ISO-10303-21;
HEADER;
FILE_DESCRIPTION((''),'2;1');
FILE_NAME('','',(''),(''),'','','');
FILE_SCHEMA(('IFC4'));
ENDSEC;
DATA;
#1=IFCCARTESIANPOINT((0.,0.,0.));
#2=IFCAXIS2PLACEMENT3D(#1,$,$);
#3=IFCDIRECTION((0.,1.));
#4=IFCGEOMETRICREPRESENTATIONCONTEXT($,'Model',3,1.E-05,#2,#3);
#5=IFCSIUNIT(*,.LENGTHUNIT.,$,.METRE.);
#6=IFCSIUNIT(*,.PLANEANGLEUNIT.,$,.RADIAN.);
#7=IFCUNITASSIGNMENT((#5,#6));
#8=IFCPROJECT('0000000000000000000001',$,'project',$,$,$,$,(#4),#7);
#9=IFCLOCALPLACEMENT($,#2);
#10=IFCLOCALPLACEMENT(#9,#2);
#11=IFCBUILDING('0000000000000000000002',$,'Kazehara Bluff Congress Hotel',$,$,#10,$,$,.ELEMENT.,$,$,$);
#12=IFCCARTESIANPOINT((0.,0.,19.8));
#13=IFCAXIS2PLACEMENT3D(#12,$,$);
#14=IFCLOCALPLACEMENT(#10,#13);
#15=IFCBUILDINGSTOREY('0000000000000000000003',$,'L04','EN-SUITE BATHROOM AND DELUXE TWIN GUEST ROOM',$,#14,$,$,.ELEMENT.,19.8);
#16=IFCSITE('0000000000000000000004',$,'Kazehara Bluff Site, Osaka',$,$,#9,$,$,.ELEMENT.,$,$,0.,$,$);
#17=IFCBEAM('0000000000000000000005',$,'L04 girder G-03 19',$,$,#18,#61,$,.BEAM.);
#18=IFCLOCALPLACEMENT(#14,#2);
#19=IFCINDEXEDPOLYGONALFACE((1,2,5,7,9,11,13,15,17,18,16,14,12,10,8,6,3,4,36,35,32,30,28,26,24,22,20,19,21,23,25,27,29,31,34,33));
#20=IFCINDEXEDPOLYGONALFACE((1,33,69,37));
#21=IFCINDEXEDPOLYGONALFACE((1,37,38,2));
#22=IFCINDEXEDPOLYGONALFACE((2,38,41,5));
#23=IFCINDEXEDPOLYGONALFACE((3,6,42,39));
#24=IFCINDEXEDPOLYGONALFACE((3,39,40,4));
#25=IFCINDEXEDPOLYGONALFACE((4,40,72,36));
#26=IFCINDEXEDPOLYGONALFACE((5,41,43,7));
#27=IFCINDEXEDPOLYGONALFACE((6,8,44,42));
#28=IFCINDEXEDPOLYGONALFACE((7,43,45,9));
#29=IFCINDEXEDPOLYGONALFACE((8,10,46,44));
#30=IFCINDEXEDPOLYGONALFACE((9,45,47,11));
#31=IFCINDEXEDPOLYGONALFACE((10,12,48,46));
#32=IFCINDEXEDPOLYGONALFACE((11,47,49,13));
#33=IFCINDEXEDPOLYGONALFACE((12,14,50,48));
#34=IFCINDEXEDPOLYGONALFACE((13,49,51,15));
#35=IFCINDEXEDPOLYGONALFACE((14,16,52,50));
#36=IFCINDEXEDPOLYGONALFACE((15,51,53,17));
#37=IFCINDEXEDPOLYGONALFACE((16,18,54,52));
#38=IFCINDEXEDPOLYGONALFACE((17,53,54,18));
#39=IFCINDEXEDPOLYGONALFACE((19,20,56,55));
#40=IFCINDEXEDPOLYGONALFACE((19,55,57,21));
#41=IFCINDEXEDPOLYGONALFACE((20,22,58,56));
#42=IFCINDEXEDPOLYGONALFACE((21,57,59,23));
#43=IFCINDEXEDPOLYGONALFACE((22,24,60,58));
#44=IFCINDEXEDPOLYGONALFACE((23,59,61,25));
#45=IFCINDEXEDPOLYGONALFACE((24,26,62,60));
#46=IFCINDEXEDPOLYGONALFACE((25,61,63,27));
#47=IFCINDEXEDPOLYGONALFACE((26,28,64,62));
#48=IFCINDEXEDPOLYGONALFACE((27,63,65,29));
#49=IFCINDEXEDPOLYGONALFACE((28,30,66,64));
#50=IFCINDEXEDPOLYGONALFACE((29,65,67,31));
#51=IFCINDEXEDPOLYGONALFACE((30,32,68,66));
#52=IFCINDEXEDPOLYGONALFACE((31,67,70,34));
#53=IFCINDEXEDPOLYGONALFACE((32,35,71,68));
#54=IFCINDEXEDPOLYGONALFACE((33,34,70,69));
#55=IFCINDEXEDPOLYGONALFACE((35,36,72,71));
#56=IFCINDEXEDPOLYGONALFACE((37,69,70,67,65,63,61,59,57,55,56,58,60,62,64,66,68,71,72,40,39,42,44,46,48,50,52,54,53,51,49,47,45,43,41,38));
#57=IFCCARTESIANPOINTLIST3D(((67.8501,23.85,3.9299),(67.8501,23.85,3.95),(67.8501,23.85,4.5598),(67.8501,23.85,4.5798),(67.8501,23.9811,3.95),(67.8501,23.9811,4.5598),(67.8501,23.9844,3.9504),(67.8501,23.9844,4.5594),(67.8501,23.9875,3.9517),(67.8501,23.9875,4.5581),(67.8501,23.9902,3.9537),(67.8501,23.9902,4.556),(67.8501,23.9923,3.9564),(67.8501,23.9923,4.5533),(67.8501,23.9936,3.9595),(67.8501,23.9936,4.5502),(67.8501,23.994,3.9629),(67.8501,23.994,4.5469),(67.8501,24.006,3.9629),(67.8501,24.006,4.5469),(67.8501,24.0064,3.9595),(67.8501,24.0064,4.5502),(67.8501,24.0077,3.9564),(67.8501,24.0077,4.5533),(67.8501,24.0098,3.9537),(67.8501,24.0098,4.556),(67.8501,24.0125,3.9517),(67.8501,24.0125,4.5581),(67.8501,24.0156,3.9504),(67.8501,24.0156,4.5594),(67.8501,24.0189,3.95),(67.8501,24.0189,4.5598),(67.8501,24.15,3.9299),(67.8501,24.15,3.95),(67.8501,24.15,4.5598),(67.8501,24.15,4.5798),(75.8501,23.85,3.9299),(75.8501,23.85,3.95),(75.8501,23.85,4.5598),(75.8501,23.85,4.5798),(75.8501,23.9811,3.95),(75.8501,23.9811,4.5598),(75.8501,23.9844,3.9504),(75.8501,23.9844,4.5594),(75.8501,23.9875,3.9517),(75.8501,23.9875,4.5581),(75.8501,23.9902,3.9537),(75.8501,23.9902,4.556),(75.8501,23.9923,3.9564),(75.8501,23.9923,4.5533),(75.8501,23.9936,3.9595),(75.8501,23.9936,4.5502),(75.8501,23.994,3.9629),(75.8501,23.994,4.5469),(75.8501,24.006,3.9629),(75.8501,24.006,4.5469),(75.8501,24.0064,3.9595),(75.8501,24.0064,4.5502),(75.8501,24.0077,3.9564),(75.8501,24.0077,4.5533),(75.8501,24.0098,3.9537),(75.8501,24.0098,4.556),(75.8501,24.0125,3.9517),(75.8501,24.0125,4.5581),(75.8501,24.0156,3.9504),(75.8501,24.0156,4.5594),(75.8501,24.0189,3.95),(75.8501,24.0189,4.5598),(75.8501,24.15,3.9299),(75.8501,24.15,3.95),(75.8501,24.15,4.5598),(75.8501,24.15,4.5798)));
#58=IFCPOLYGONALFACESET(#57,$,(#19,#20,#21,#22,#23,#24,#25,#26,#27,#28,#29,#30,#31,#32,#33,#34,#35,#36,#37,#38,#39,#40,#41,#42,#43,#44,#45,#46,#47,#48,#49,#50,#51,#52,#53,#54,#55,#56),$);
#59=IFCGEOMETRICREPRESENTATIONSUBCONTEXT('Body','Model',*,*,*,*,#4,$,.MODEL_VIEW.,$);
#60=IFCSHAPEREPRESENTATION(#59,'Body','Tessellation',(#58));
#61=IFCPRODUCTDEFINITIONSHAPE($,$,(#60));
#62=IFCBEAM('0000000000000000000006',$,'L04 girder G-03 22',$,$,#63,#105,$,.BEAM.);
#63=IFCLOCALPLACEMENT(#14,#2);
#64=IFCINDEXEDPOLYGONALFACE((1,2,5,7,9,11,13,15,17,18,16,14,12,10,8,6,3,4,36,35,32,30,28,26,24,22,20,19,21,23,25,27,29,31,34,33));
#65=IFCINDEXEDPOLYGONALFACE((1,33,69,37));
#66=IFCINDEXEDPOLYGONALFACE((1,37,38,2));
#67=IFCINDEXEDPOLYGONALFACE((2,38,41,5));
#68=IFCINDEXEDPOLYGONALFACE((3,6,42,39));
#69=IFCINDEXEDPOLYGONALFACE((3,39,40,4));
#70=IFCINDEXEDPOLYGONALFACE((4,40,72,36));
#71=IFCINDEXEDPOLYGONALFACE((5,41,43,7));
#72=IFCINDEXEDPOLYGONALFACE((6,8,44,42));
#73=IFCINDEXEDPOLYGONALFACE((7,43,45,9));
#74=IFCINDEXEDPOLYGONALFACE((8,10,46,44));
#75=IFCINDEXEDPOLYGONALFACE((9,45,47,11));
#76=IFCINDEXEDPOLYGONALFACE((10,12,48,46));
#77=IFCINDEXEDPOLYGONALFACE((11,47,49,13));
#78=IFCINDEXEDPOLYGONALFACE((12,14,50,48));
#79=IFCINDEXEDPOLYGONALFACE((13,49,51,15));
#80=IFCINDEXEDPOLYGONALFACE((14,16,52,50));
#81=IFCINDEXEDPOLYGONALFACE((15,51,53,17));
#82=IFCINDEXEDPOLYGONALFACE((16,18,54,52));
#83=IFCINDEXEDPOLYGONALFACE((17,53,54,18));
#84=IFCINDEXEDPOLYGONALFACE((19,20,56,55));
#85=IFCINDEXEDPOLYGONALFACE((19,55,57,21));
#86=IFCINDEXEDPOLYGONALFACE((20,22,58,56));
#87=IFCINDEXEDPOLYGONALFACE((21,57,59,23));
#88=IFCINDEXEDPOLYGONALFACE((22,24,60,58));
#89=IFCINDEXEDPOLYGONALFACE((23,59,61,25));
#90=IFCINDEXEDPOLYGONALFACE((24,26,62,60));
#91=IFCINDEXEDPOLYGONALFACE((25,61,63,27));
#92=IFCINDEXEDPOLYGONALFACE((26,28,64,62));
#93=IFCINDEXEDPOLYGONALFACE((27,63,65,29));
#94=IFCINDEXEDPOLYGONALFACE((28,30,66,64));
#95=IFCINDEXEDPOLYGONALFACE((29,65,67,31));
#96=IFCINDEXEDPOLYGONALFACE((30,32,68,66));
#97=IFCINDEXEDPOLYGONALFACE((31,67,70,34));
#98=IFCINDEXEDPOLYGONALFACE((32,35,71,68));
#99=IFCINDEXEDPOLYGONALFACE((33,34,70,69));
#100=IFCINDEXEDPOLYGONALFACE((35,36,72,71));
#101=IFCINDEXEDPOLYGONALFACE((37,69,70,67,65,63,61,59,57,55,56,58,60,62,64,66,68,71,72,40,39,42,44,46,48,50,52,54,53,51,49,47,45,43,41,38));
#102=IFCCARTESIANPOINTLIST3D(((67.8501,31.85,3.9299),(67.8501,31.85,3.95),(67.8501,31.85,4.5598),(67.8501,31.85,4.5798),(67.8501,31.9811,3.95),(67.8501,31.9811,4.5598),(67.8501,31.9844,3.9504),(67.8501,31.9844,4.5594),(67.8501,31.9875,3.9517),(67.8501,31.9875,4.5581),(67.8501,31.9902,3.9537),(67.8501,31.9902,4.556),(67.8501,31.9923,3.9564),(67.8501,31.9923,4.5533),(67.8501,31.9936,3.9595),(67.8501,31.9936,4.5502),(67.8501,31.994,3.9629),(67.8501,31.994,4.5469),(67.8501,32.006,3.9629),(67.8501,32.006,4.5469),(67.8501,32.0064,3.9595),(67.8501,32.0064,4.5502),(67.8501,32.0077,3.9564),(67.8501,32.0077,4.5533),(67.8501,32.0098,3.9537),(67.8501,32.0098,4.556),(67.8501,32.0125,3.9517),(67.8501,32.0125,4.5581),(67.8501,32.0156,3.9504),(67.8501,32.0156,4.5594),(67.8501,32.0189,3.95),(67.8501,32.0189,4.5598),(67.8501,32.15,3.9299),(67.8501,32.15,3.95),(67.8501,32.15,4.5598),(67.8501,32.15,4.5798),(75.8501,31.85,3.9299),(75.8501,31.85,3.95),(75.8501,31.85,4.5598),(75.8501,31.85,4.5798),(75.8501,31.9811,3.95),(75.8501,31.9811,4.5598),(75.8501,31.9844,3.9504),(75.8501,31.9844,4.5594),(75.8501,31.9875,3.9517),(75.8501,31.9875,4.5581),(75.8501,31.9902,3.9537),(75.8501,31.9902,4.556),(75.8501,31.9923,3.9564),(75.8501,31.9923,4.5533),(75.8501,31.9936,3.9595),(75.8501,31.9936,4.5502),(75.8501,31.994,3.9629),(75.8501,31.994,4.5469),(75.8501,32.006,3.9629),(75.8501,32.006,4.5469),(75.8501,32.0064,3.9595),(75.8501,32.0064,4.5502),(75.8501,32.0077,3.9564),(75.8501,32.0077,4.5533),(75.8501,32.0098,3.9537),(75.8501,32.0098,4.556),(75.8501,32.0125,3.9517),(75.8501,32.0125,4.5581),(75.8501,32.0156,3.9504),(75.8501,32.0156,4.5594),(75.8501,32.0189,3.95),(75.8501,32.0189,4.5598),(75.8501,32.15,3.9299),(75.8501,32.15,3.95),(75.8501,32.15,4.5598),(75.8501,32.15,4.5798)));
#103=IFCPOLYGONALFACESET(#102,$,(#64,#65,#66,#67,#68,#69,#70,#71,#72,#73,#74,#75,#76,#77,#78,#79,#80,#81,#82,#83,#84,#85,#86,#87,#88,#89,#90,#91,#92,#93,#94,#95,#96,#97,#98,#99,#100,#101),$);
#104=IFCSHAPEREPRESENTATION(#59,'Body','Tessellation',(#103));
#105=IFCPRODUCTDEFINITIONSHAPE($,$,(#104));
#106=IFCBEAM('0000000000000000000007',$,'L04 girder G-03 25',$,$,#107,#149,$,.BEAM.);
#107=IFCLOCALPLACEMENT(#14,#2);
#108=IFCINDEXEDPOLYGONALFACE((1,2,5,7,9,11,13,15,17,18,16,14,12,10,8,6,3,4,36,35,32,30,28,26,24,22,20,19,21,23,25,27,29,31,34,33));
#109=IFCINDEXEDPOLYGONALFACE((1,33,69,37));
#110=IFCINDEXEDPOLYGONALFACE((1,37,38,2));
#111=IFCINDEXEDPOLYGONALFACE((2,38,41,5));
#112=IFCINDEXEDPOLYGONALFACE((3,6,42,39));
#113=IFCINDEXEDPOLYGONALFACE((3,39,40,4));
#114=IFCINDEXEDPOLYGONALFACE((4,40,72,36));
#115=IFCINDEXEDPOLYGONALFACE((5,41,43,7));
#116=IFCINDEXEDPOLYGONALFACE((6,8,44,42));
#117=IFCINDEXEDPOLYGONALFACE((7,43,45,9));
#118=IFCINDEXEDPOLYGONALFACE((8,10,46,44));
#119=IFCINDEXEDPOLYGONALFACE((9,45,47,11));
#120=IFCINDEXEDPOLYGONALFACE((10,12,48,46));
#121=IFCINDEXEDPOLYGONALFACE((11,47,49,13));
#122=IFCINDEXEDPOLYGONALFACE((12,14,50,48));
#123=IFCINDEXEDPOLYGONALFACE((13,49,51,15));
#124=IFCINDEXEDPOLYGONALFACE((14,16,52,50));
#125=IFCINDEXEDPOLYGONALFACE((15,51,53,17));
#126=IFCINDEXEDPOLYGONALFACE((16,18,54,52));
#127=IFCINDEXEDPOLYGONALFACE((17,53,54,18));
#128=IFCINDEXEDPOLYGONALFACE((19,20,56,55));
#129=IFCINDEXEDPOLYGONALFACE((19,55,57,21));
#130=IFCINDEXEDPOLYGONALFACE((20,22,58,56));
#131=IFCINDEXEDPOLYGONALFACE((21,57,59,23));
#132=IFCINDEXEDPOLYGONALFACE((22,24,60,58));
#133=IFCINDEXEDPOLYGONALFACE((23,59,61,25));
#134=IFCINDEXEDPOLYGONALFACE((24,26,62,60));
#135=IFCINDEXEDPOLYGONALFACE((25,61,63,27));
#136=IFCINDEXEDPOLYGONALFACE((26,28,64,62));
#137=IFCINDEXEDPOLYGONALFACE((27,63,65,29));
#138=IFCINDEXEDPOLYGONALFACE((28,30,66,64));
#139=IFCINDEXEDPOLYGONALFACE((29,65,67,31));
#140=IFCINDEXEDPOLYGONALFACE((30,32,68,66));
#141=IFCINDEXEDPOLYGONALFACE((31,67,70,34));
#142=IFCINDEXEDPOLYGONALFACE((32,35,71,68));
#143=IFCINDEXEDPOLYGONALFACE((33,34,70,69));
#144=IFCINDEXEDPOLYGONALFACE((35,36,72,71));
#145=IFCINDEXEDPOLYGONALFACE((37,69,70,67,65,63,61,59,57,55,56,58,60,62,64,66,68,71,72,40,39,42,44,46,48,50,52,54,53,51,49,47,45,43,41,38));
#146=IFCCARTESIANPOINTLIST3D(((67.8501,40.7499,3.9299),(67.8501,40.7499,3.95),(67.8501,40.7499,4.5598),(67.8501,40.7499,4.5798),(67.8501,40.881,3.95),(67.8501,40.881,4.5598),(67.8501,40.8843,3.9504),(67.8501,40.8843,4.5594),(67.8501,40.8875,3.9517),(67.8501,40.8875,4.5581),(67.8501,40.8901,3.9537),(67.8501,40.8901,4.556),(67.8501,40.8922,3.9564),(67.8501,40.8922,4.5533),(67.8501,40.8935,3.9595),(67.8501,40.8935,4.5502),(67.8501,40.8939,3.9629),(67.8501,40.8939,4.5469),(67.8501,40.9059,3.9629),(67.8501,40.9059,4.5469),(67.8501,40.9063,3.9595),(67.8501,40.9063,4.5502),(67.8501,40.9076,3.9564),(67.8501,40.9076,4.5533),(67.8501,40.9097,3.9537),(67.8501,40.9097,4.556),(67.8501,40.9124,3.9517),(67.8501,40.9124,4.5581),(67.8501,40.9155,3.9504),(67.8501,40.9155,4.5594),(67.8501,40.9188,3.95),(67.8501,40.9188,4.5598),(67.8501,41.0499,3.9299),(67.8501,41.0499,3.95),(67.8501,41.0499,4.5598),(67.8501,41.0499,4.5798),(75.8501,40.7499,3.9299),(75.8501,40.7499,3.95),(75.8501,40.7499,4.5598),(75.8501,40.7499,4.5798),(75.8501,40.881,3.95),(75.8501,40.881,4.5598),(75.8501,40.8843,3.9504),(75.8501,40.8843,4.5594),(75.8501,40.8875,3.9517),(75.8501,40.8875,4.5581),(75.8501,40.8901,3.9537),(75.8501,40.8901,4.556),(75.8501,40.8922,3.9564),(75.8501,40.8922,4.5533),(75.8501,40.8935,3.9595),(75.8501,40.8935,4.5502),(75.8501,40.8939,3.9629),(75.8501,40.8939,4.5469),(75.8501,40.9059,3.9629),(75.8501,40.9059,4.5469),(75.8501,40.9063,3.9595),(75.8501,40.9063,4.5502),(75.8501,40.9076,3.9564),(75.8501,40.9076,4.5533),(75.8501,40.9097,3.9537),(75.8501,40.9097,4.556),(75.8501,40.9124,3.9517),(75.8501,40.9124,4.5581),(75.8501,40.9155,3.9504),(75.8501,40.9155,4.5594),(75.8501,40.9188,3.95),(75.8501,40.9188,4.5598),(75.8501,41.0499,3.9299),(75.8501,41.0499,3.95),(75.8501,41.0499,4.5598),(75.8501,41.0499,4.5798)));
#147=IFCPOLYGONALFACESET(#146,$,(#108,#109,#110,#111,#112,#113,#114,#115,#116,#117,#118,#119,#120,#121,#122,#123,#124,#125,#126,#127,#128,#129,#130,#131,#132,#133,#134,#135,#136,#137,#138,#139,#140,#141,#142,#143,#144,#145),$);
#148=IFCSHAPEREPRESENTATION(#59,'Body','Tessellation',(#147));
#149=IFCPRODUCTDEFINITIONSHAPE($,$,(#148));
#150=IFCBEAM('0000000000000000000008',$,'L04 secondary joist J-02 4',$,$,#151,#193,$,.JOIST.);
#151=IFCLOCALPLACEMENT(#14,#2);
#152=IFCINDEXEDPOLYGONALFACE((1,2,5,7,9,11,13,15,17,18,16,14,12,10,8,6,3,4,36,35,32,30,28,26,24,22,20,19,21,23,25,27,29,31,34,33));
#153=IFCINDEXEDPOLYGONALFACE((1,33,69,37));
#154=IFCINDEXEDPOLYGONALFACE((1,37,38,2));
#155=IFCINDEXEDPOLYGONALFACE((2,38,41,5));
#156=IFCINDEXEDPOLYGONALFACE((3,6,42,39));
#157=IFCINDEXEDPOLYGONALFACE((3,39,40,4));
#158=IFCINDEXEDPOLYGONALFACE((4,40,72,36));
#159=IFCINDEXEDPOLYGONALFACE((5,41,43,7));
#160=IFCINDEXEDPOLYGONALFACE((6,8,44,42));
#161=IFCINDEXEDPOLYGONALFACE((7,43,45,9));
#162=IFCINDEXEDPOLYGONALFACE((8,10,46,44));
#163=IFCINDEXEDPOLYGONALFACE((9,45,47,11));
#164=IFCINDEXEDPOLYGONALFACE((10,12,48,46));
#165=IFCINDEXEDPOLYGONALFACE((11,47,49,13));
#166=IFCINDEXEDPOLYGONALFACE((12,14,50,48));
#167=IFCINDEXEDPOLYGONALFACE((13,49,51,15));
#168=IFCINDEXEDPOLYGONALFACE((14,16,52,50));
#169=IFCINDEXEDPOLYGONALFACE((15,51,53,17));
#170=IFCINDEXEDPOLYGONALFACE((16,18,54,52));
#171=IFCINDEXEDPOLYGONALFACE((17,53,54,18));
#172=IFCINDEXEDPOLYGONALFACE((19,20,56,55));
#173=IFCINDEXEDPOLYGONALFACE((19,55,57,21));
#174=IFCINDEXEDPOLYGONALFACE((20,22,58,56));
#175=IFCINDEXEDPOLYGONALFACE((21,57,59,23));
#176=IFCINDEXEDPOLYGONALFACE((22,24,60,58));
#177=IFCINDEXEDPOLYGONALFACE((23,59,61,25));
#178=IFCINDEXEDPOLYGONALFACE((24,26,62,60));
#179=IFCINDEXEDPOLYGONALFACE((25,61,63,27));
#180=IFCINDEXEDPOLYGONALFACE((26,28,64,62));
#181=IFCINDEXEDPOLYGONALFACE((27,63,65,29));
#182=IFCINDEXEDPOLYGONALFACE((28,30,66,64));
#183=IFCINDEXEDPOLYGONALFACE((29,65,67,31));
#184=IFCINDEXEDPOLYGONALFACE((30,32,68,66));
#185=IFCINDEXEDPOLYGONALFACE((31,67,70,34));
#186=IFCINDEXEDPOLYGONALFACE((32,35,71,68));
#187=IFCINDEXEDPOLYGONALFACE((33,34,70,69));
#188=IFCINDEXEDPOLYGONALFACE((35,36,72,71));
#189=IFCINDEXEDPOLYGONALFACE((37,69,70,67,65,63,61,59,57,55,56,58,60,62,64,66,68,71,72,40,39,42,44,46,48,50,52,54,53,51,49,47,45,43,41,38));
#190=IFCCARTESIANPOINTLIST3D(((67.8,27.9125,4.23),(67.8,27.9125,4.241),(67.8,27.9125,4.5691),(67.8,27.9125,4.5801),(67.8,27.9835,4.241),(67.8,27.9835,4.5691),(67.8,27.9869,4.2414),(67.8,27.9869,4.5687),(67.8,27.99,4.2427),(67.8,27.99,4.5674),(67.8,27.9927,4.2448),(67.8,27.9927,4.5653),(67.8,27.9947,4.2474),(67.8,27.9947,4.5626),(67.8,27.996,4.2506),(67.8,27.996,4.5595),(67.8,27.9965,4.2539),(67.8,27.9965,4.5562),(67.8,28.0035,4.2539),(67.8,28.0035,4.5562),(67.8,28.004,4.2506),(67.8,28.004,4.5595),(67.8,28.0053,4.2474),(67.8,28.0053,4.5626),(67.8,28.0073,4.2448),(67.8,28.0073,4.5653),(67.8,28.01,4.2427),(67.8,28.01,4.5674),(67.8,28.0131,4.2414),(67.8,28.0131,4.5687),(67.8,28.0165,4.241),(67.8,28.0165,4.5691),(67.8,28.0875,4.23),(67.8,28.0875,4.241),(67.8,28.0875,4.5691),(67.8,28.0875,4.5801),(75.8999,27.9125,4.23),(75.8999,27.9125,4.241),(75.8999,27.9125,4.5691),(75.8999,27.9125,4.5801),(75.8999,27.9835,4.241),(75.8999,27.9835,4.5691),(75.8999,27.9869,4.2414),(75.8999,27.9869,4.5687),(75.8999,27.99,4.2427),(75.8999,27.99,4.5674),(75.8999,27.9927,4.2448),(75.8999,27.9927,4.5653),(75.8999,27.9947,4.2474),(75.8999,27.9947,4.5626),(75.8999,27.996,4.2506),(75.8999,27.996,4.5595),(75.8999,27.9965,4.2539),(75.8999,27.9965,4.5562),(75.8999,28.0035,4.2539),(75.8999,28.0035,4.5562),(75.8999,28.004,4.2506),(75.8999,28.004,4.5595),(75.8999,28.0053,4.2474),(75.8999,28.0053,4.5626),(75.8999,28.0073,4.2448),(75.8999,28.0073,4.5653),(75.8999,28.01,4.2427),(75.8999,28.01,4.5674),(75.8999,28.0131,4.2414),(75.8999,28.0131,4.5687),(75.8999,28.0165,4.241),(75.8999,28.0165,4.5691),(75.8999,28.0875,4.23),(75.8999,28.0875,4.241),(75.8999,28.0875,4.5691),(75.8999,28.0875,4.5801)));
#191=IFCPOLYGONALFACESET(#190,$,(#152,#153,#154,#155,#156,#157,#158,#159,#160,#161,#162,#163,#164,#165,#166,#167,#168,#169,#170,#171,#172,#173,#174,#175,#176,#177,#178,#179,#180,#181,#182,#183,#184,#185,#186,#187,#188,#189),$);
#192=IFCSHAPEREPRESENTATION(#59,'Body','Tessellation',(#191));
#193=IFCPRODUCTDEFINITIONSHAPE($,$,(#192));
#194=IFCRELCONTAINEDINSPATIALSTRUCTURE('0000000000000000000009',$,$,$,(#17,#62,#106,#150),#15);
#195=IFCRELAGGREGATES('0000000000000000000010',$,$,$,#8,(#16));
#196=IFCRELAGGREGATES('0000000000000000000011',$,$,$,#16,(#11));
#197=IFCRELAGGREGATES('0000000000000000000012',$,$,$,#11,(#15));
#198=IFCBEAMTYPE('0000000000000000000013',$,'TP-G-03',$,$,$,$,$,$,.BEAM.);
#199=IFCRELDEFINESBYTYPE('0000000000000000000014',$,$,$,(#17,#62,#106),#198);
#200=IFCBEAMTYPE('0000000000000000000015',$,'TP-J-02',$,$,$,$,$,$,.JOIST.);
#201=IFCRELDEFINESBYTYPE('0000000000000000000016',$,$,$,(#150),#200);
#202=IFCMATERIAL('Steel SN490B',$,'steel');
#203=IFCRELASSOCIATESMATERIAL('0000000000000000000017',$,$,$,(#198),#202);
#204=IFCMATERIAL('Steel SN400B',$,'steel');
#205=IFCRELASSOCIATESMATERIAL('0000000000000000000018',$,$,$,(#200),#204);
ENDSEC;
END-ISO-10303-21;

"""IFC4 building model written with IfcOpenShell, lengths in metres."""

from ifc_helpers import new_model, si_unit, direction, frame, origin, origin_2d, place, context, subcontext, project, spatial, i_section, extrude, material, material_profile, profile_set, type_object, element, save


model = new_model("IFC4")

# Units and contexts
model_context = context("Model", 3, precision=1e-05, world=origin(), true_north=direction((0.0, 1.0)))
body_context = subcontext(model_context, "Body", "Model", "MODEL_VIEW")
ifc_project = project(units=[si_unit("LENGTHUNIT", "METRE"), si_unit("PLANEANGLEUNIT", "RADIAN")], contexts=[model_context])

# Site, building, storey
site_placement = place(None, origin())
site = spatial("IfcSite", under=ifc_project, at=site_placement, Name="Kazehara Bluff Site, Osaka", CompositionType="ELEMENT", RefElevation=0.0)
building_placement = place(site_placement, origin())
building = spatial("IfcBuilding", under=site, at=building_placement, Name="Kazehara Bluff Congress Hotel", CompositionType="ELEMENT")
storey_placement = place(building_placement, frame((0.0, 0.0, 19.8)))
storey = spatial("IfcBuildingStorey", under=building, at=storey_placement, Name="L04", Description="EN-SUITE BATHROOM AND DELUXE TWIN GUEST ROOM", CompositionType="ELEMENT", Elevation=19.8)

# Beams
ifc_material_1 = material(Name="Steel SN490B", Category="steel")
ifc_material_profile_1 = material_profile(ifc_material_1, i_section(OverallWidth=0.3, OverallDepth=0.6499, WebThickness=0.012, FlangeThickness=0.02, FilletRadius=0.0129, at=origin_2d()))
ifc_profile_set_1 = profile_set([ifc_material_profile_1], Name="Steel SN490B")
beam_type_1 = type_object("IfcBeamType", Name="TP-G-03", PredefinedType="BEAM", material=ifc_profile_set_1)
for number, where, z_axis, x_axis, name in (
    (1, (67.8501, 24.0, 4.2549), (1.0, 0.0, 0.0), (0.0, 1.0, 0.0), "L04 girder G-03 19"),
    (2, (67.8501, 32.0, 4.2549), (1.0, 0.0, 0.0), (0.0, 1.0, 0.0), "L04 girder G-03 22"),
    (3, (67.8501, 40.8999, 4.2549), (1.0, 0.0, 0.0), (0.0, 1.0, 0.0), "L04 girder G-03 25"),
):
    element("IfcBeam", number, at=place(storey_placement, frame(where, z_axis=z_axis, x_axis=x_axis)), inside=storey, type_object=beam_type_1, Name=name, PredefinedType="BEAM", context=body_context, shape_type="SweptSolid", body=[
        extrude(i_section(OverallWidth=0.3, OverallDepth=0.6499, WebThickness=0.012, FlangeThickness=0.02, FilletRadius=0.0129, at=origin_2d()), origin(), (0.0, 0.0, 1.0), 8.0),
    ])
ifc_material_2 = material(Name="Steel SN400B", Category="steel")
ifc_material_profile_2 = material_profile(ifc_material_2, i_section(OverallWidth=0.175, OverallDepth=0.3501, WebThickness=0.0071, FlangeThickness=0.011, FilletRadius=0.0129, at=origin_2d()))
ifc_profile_set_2 = profile_set([ifc_material_profile_2], Name="Steel SN400B")
beam_type_2 = type_object("IfcBeamType", Name="TP-J-02", PredefinedType="JOIST", material=ifc_profile_set_2)
for number, where, z_axis, x_axis, name in (
    (4, (67.8, 28.0, 4.405), (1.0, 0.0, 0.0), (0.0, 1.0, 0.0), "L04 secondary joist J-02 4"),
):
    element("IfcBeam", number, at=place(storey_placement, frame(where, z_axis=z_axis, x_axis=x_axis)), inside=storey, type_object=beam_type_2, Name=name, PredefinedType="JOIST", context=body_context, shape_type="SweptSolid", body=[
        extrude(i_section(OverallWidth=0.175, OverallDepth=0.3501, WebThickness=0.0071, FlangeThickness=0.011, FilletRadius=0.0129, at=origin_2d()), origin(), (0.0, 0.0, 1.0), 8.0999),
    ])

save(model, "model.ifc")
